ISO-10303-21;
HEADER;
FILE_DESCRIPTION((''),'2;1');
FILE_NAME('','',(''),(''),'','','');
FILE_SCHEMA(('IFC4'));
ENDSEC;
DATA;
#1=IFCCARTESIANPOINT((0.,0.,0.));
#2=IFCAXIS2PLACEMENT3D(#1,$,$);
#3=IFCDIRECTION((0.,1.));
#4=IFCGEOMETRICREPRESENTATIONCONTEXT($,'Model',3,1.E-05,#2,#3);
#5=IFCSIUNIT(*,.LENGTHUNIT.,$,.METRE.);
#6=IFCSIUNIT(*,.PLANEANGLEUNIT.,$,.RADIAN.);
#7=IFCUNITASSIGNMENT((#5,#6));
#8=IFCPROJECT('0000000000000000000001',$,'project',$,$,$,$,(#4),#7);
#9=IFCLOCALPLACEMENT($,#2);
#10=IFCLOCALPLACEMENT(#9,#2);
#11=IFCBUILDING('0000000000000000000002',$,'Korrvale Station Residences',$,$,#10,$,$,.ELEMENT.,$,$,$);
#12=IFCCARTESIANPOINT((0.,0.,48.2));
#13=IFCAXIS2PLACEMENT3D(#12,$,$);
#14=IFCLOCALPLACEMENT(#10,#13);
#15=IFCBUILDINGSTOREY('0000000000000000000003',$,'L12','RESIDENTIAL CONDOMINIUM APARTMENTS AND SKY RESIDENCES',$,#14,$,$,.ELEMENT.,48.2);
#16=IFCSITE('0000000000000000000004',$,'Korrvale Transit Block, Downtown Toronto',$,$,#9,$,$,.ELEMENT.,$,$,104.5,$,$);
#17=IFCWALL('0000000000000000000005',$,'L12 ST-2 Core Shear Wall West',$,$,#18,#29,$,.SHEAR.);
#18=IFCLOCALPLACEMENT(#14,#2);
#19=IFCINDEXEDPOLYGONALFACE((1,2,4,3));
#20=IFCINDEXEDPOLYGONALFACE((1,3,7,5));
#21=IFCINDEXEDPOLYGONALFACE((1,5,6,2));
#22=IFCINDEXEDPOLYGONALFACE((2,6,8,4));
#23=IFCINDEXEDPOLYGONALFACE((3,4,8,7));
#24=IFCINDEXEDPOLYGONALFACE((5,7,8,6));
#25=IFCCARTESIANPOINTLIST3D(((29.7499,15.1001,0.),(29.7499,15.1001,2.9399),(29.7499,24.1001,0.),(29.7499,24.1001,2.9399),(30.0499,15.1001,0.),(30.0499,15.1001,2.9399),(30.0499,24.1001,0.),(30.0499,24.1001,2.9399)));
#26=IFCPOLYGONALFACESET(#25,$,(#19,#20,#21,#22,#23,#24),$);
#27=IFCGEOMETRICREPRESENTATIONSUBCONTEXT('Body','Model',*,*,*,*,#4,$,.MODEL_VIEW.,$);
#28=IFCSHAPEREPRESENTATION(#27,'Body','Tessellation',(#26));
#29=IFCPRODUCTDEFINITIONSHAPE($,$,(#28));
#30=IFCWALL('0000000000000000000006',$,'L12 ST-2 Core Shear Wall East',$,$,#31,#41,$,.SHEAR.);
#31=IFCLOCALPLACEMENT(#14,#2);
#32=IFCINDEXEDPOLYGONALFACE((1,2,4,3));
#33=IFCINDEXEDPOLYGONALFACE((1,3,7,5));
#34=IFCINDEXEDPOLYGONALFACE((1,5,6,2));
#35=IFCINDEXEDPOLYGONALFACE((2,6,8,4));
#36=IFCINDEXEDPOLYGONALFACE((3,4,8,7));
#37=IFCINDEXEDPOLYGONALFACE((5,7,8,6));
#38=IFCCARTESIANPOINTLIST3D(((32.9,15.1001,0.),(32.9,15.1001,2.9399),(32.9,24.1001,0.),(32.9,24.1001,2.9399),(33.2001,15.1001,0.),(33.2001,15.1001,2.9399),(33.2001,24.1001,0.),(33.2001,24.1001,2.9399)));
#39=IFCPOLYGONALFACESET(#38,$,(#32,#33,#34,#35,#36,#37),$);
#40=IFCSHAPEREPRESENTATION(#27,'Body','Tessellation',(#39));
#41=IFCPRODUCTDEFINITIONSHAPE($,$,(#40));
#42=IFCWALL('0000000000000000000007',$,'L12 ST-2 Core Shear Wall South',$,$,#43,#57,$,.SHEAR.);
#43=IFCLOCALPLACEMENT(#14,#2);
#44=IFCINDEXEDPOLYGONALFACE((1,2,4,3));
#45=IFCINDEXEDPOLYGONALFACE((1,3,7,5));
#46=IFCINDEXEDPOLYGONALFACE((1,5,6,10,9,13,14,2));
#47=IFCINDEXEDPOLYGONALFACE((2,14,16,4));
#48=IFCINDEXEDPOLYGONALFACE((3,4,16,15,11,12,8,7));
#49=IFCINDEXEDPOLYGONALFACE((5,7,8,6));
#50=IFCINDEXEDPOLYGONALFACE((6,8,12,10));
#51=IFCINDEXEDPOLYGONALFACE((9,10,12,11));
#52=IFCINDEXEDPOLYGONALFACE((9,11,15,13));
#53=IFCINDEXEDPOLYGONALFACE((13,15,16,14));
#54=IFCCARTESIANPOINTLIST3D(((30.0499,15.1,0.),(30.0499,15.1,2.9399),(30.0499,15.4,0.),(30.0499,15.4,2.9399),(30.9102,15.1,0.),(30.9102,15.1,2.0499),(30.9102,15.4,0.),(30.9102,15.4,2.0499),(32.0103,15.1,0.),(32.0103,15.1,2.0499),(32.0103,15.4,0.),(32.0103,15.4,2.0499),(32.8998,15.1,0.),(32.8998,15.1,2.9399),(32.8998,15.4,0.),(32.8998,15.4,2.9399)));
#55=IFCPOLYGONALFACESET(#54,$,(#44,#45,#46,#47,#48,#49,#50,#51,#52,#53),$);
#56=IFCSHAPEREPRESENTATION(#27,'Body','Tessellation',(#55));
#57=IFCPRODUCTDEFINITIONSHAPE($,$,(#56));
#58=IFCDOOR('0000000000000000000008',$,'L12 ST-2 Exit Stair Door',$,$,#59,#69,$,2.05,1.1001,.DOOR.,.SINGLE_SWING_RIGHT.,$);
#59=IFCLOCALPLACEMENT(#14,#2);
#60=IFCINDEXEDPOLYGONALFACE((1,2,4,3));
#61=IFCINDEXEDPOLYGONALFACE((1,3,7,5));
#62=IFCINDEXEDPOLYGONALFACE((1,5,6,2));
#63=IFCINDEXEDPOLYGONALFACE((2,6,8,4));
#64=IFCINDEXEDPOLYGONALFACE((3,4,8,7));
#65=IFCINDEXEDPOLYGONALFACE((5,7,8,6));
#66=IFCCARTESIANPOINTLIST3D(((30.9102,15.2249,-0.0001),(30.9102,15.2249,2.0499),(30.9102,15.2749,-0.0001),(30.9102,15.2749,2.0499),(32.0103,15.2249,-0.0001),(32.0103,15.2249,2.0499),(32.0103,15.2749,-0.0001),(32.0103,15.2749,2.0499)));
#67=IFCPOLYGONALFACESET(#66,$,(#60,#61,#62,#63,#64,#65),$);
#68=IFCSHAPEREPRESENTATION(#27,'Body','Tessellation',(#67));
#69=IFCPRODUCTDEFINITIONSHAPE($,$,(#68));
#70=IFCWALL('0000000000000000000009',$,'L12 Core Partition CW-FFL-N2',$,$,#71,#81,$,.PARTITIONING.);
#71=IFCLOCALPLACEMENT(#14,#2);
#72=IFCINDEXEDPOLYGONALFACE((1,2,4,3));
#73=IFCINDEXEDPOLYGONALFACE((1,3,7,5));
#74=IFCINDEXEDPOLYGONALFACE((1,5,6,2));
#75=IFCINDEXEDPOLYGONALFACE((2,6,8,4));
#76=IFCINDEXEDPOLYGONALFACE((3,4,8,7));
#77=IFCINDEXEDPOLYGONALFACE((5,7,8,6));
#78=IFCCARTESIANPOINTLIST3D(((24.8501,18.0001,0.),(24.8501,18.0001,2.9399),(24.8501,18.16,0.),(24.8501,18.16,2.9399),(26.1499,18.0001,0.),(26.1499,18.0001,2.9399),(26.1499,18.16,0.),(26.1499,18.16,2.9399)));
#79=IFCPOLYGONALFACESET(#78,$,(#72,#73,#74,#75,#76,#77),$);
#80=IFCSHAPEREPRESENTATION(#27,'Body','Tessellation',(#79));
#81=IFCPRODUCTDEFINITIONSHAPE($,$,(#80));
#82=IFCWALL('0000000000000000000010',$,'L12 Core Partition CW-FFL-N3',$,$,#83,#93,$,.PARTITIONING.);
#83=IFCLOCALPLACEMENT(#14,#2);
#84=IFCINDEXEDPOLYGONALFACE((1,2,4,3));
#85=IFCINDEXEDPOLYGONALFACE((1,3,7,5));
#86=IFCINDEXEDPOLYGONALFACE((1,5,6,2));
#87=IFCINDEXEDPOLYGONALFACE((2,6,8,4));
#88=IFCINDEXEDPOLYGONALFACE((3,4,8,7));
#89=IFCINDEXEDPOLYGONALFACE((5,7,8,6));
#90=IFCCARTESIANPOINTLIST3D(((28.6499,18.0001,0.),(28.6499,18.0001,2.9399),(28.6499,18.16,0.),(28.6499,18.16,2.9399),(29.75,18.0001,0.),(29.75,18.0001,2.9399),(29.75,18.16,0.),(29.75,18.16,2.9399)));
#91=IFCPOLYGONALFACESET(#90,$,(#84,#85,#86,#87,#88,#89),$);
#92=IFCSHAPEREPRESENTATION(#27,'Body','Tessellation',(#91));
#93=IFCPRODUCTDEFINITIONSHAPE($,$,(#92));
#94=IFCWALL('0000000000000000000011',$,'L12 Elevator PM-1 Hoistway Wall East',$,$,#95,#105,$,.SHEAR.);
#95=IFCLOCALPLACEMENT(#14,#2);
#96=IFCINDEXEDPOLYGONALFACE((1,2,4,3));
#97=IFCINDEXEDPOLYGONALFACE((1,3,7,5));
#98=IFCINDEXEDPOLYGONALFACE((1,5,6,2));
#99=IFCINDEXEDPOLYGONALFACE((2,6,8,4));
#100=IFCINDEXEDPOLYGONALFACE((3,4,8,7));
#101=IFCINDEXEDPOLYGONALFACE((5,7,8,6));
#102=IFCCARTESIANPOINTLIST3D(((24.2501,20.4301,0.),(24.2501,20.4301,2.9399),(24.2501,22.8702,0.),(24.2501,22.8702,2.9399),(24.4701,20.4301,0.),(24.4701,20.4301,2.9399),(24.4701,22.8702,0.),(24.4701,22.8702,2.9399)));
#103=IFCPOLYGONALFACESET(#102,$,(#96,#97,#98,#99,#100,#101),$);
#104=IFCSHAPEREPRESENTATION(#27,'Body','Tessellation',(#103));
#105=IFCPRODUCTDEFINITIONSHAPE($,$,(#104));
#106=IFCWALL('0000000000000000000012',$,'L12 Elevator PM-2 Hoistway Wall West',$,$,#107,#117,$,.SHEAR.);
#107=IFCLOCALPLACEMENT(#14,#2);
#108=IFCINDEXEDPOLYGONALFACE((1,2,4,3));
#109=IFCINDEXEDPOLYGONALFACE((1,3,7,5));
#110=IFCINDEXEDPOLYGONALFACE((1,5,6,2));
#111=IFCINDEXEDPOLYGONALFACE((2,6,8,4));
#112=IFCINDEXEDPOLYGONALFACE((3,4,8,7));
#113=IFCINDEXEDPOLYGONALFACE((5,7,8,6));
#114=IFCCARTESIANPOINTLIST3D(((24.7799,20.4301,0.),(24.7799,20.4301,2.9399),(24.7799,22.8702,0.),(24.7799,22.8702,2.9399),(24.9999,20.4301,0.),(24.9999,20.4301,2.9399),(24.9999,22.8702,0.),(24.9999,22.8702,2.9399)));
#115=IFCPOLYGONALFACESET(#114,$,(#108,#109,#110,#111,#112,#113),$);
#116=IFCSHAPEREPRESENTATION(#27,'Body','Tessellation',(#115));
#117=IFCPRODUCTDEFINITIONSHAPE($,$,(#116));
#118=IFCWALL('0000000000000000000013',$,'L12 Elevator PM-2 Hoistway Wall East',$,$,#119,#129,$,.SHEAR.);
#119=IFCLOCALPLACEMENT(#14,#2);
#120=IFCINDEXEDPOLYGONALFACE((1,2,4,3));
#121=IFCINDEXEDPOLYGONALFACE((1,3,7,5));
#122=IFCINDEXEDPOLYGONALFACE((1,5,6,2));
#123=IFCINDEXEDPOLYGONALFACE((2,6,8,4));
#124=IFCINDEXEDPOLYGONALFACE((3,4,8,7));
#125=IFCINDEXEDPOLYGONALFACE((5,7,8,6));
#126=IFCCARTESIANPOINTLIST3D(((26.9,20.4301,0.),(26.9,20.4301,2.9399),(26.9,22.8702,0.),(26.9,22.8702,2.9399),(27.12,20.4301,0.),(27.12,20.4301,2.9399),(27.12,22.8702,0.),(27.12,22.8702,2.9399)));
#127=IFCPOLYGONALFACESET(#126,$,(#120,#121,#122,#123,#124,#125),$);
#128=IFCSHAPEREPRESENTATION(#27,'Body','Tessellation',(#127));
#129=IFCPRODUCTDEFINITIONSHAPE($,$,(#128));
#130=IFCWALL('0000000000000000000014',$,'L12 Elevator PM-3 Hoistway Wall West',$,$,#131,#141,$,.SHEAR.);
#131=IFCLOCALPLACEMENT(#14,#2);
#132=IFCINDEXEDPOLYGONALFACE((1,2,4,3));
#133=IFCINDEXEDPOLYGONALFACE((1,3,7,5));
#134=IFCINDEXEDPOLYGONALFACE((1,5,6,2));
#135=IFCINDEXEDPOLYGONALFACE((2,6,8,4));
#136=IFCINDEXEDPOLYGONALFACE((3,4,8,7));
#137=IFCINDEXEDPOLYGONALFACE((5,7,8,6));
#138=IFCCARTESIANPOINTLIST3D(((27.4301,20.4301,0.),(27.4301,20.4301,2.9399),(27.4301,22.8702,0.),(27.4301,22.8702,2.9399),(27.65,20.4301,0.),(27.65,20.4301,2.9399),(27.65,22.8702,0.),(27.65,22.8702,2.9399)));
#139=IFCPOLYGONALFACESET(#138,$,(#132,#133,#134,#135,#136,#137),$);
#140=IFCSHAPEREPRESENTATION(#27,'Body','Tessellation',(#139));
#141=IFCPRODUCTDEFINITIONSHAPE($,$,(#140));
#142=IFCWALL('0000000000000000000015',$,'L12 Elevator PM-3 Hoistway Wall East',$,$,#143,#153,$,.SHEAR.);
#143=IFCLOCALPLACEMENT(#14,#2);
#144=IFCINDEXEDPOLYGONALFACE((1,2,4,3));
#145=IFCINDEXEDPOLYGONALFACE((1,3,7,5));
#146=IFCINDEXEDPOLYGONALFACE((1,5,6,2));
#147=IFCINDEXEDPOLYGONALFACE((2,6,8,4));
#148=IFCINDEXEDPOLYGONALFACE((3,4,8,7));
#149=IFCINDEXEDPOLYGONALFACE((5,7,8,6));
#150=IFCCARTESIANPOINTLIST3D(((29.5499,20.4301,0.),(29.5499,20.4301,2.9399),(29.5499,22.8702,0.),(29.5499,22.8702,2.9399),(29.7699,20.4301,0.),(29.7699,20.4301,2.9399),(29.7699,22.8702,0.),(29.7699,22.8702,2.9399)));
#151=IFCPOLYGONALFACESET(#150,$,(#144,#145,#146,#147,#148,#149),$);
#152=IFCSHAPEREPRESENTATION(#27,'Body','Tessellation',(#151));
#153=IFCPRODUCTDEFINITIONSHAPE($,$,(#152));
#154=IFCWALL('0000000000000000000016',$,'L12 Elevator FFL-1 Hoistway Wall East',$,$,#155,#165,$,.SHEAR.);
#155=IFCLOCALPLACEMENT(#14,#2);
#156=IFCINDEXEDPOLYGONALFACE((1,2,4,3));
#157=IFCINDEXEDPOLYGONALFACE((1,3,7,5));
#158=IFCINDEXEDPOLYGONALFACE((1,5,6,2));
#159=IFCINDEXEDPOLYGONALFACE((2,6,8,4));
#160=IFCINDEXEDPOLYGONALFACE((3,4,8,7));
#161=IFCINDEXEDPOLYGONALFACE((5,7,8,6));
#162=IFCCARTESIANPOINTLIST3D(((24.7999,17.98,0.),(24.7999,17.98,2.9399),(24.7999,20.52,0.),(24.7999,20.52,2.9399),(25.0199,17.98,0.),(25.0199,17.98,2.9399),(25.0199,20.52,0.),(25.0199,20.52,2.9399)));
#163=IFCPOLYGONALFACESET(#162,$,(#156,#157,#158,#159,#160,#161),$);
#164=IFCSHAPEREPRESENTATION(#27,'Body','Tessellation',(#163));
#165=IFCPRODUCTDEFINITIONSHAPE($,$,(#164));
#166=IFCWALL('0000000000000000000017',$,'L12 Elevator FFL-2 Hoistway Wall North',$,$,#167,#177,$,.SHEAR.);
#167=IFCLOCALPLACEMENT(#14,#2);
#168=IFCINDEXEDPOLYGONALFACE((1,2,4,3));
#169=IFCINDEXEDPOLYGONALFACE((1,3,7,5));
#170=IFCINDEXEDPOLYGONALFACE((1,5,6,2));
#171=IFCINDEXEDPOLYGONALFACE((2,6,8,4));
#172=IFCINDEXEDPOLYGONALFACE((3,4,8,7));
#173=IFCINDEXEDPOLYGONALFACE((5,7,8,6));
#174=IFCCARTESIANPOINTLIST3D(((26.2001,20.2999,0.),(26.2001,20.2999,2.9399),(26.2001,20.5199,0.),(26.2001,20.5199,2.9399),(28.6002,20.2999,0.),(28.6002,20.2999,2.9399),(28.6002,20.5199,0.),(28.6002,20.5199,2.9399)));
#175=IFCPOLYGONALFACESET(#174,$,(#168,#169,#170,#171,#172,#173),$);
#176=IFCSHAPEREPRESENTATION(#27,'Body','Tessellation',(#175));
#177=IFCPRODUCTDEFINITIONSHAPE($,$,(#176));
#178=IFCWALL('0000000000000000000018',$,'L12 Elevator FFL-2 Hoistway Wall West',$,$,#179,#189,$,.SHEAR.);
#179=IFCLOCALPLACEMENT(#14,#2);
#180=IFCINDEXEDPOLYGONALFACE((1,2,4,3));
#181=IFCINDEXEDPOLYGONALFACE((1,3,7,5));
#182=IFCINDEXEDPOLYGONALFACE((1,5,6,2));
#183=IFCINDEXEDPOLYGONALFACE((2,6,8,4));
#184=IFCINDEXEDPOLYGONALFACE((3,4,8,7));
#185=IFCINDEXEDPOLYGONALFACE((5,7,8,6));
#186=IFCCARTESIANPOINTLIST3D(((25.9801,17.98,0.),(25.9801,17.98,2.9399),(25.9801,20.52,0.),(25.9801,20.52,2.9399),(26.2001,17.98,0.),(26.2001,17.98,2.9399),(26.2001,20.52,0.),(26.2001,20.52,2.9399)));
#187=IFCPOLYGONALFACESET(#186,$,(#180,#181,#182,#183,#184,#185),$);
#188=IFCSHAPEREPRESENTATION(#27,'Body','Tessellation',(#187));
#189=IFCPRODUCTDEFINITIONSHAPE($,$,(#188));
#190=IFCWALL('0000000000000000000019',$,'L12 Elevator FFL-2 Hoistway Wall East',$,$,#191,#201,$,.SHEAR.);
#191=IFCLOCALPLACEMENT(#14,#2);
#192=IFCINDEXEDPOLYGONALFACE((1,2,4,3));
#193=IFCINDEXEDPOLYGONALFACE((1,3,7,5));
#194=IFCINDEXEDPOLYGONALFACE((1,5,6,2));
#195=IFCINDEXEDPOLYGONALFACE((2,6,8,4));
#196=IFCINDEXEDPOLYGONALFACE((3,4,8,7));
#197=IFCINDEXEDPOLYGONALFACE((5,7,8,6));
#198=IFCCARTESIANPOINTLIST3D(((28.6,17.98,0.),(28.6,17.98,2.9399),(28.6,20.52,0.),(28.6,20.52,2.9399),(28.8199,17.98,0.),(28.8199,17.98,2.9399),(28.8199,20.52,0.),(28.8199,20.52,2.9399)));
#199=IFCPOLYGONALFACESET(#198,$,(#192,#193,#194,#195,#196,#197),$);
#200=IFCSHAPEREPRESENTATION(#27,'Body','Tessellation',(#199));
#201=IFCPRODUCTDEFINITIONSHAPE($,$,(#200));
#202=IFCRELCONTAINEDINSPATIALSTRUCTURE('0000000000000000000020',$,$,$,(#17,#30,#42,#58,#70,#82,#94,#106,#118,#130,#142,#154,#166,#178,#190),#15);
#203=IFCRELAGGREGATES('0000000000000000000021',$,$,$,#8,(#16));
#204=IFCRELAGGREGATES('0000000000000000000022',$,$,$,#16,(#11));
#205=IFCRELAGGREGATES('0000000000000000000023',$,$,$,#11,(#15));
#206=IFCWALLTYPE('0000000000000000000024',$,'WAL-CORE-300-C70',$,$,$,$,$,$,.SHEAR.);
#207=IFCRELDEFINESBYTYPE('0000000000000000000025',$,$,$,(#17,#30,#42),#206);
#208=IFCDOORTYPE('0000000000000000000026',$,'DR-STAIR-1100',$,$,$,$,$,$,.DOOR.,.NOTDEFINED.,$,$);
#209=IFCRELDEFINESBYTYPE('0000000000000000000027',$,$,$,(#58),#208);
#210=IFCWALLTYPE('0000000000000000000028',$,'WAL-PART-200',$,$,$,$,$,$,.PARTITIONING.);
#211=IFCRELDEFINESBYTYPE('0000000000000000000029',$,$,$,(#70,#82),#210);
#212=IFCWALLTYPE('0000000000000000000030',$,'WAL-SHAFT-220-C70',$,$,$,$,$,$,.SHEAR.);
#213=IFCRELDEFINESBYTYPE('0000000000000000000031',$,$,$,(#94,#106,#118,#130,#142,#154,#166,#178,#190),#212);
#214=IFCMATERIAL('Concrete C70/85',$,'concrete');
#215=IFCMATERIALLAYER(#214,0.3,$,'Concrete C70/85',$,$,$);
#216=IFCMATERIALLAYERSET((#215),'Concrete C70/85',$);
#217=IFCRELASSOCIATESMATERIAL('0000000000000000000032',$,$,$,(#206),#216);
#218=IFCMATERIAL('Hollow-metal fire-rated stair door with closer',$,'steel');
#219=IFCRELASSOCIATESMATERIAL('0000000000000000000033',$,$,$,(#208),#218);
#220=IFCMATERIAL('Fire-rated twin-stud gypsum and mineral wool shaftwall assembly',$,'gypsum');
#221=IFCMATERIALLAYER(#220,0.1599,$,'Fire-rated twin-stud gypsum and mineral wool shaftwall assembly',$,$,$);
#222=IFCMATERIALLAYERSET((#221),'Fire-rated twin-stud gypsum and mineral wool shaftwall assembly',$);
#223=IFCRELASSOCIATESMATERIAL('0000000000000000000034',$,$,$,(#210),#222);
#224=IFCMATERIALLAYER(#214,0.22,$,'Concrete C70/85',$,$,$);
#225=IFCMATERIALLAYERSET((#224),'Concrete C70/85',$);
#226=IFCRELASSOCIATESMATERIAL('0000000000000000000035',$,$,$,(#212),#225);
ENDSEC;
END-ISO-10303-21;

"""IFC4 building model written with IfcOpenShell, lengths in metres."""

from ifc_helpers import new_model, si_unit, direction, frame, frame_2d, origin, place, context, subcontext, project, spatial, rectangle, extrude, material, layer, layer_set, type_object, element, fill, save


model = new_model("IFC4")

# Units and contexts
model_context = context("Model", 3, precision=1e-05, world=origin(), true_north=direction((0.0, 1.0)))
body_context = subcontext(model_context, "Body", "Model", "MODEL_VIEW")
ifc_project = project(units=[si_unit("LENGTHUNIT", "METRE"), si_unit("PLANEANGLEUNIT", "RADIAN")], contexts=[model_context])

# Site, building, storey
site_placement = place(None, origin())
site = spatial("IfcSite", under=ifc_project, at=site_placement, Name="Korrvale Transit Block, Downtown Toronto", CompositionType="ELEMENT", RefElevation=104.5)
building_placement = place(site_placement, origin())
building = spatial("IfcBuilding", under=site, at=building_placement, Name="Korrvale Station Residences", CompositionType="ELEMENT")
storey_placement = place(building_placement, frame((0.0, 0.0, 48.2)))
storey = spatial("IfcBuildingStorey", under=building, at=storey_placement, Name="L12", Description="RESIDENTIAL CONDOMINIUM APARTMENTS AND SKY RESIDENCES", CompositionType="ELEMENT", Elevation=48.2)

# Walls
ifc_material_1 = material(Name="Concrete C70/85", Category="concrete")
ifc_layer_1 = layer(ifc_material_1, 0.3, Name="Concrete C70/85")
ifc_layer_set_1 = layer_set([ifc_layer_1], Name="Concrete C70/85")
wall_type_1 = type_object("IfcWallType", Name="WAL-CORE-300-C70", PredefinedType="SHEAR", material=ifc_layer_set_1)
for number, where, z_axis, x_axis, name in (
    (1, (29.8999, 15.1001, 0.0), (0.0, 0.0, 1.0), (0.0, 1.0, 0.0), "L12 ST-2 Core Shear Wall West"),
    (2, (33.05, 15.1001, 0.0), (0.0, 0.0, 1.0), (0.0, 1.0, 0.0), "L12 ST-2 Core Shear Wall East"),
):
    element("IfcWall", number, at=place(storey_placement, frame(where, z_axis=z_axis, x_axis=x_axis)), inside=storey, type_object=wall_type_1, Name=name, PredefinedType="SHEAR", context=body_context, shape_type="SweptSolid", body=[
        extrude(rectangle(XDim=9.0, YDim=0.3, at=frame_2d((4.5, 0.0))), origin(), (0.0, 0.0, 1.0), 2.9399),
    ])

# Wall, opening, door
wall_1_placement = place(storey_placement, frame((30.05, 15.25, 0.0), z_axis=(0.0, 0.0, 1.0), x_axis=(1.0, 0.0, 0.0)))
wall_1 = element("IfcWall", 3, at=wall_1_placement, inside=storey, type_object=wall_type_1, Name="L12 ST-2 Core Shear Wall South", PredefinedType="SHEAR", context=body_context, shape_type="SweptSolid", body=[
    extrude(rectangle(XDim=2.8499, YDim=0.3, at=frame_2d((1.4248, 0.0))), origin(), (0.0, 0.0, 1.0), 2.9399),
])
opening_1_placement = place(wall_1_placement, frame((0.8601, 0.0, 0.0)))
opening_1 = element("IfcOpeningElement", 4, at=opening_1_placement, cuts=wall_1, PredefinedType="OPENING", context=body_context, shape_type="SweptSolid", body=[
    extrude(rectangle(XDim=1.1001, YDim=2.05, at=frame_2d((0.55, 1.0249))), frame((0.0, 0.1602, 0.0), z_axis=(0.0, -1.0, 0.0), x_axis=(1.0, 0.0, 0.0)), (0.0, 0.0, 1.0), 0.3201),
])
ifc_material_2 = material(Name="Hollow-metal fire-rated stair door with closer", Category="steel")
door_type_1 = type_object("IfcDoorType", Name="DR-STAIR-1100", OperationType="NOTDEFINED", PredefinedType="DOOR", material=ifc_material_2)
door_1_placement = place(opening_1_placement, origin())
door_1 = element("IfcDoor", 5, at=door_1_placement, inside=storey, type_object=door_type_1, Name="L12 ST-2 Exit Stair Door", OperationType="SINGLE_SWING_RIGHT", OverallHeight=2.05, OverallWidth=1.1001, PredefinedType="DOOR", context=body_context, shape_type="SweptSolid", body=[
    extrude(rectangle(XDim=1.1001, YDim=2.05, at=frame_2d((0.55, 1.0249))), frame((0.0, 0.0249, 0.0), z_axis=(0.0, -1.0, 0.0), x_axis=(1.0, 0.0, 0.0)), (0.0, 0.0, 1.0), 0.05),
])
fill(opening_1, door_1)

# Walls
ifc_material_3 = material(Name="Fire-rated twin-stud gypsum and mineral wool shaftwall assembly", Category="gypsum")
ifc_layer_2 = layer(ifc_material_3, 0.1599, Name="Fire-rated twin-stud gypsum and mineral wool shaftwall assembly")
ifc_layer_set_2 = layer_set([ifc_layer_2], Name="Fire-rated twin-stud gypsum and mineral wool shaftwall assembly")
wall_type_2 = type_object("IfcWallType", Name="WAL-PART-200", PredefinedType="PARTITIONING", material=ifc_layer_set_2)
wall_2_placement = place(storey_placement, frame((24.8501, 18.0801, 0.0), z_axis=(0.0, 0.0, 1.0), x_axis=(1.0, 0.0, 0.0)))
element("IfcWall", 6, at=wall_2_placement, inside=storey, type_object=wall_type_2, Name="L12 Core Partition CW-FFL-N2", PredefinedType="PARTITIONING", context=body_context, shape_type="SweptSolid", body=[
    extrude(rectangle(XDim=1.2998, YDim=0.1599, at=frame_2d((0.6499, 0.0))), origin(), (0.0, 0.0, 1.0), 2.9399),
])
wall_3_placement = place(storey_placement, frame((28.6499, 18.0801, 0.0), z_axis=(0.0, 0.0, 1.0), x_axis=(1.0, 0.0, 0.0)))
element("IfcWall", 7, at=wall_3_placement, inside=storey, type_object=wall_type_2, Name="L12 Core Partition CW-FFL-N3", PredefinedType="PARTITIONING", context=body_context, shape_type="SweptSolid", body=[
    extrude(rectangle(XDim=1.1001, YDim=0.1599, at=frame_2d((0.55, 0.0))), origin(), (0.0, 0.0, 1.0), 2.9399),
])
ifc_layer_3 = layer(ifc_material_1, 0.22, Name="Concrete C70/85")
ifc_layer_set_3 = layer_set([ifc_layer_3], Name="Concrete C70/85")
wall_type_3 = type_object("IfcWallType", Name="WAL-SHAFT-220-C70", PredefinedType="SHEAR", material=ifc_layer_set_3)
for number, where, z_axis, x_axis, name in (
    (8, (24.3601, 20.4299, 0.0), (0.0, 0.0, 1.0), (0.0, 1.0, 0.0), "L12 Elevator PM-1 Hoistway Wall East"),
    (9, (24.8899, 20.4299, 0.0), (0.0, 0.0, 1.0), (0.0, 1.0, 0.0), "L12 Elevator PM-2 Hoistway Wall West"),
    (10, (27.01, 20.4299, 0.0), (0.0, 0.0, 1.0), (0.0, 1.0, 0.0), "L12 Elevator PM-2 Hoistway Wall East"),
    (11, (27.54, 20.4299, 0.0), (0.0, 0.0, 1.0), (0.0, 1.0, 0.0), "L12 Elevator PM-3 Hoistway Wall West"),
    (12, (29.6599, 20.4299, 0.0), (0.0, 0.0, 1.0), (0.0, 1.0, 0.0), "L12 Elevator PM-3 Hoistway Wall East"),
):
    element("IfcWall", number, at=place(storey_placement, frame(where, z_axis=z_axis, x_axis=x_axis)), inside=storey, type_object=wall_type_3, Name=name, PredefinedType="SHEAR", context=body_context, shape_type="SweptSolid", body=[
        extrude(rectangle(XDim=2.4402, YDim=0.22, at=frame_2d((1.2202, 0.0))), origin(), (0.0, 0.0, 1.0), 2.9399),
    ])
wall_4_placement = place(storey_placement, frame((24.9099, 17.98, 0.0), z_axis=(0.0, 0.0, 1.0), x_axis=(0.0, 1.0, 0.0)))
element("IfcWall", 13, at=wall_4_placement, inside=storey, type_object=wall_type_3, Name="L12 Elevator FFL-1 Hoistway Wall East", PredefinedType="SHEAR", context=body_context, shape_type="SweptSolid", body=[
    extrude(rectangle(XDim=2.54, YDim=0.22, at=frame_2d((1.27, 0.0))), origin(), (0.0, 0.0, 1.0), 2.9399),
])

# Walls
wall_5_placement = place(storey_placement, frame((26.2, 20.4099, 0.0), z_axis=(0.0, 0.0, 1.0), x_axis=(1.0, 0.0, 0.0)))
element("IfcWall", 14, at=wall_5_placement, inside=storey, type_object=wall_type_3, Name="L12 Elevator FFL-2 Hoistway Wall North", PredefinedType="SHEAR", context=body_context, shape_type="SweptSolid", body=[
    extrude(rectangle(XDim=2.4001, YDim=0.22, at=frame_2d((1.2002, 0.0))), origin(), (0.0, 0.0, 1.0), 2.9399),
])
for number, where, z_axis, x_axis, name in (
    (15, (26.0901, 17.98, 0.0), (0.0, 0.0, 1.0), (0.0, 1.0, 0.0), "L12 Elevator FFL-2 Hoistway Wall West"),
    (16, (28.71, 17.98, 0.0), (0.0, 0.0, 1.0), (0.0, 1.0, 0.0), "L12 Elevator FFL-2 Hoistway Wall East"),
):
    element("IfcWall", number, at=place(storey_placement, frame(where, z_axis=z_axis, x_axis=x_axis)), inside=storey, type_object=wall_type_3, Name=name, PredefinedType="SHEAR", context=body_context, shape_type="SweptSolid", body=[
        extrude(rectangle(XDim=2.54, YDim=0.22, at=frame_2d((1.27, 0.0))), origin(), (0.0, 0.0, 1.0), 2.9399),
    ])

save(model, "model.ifc")
